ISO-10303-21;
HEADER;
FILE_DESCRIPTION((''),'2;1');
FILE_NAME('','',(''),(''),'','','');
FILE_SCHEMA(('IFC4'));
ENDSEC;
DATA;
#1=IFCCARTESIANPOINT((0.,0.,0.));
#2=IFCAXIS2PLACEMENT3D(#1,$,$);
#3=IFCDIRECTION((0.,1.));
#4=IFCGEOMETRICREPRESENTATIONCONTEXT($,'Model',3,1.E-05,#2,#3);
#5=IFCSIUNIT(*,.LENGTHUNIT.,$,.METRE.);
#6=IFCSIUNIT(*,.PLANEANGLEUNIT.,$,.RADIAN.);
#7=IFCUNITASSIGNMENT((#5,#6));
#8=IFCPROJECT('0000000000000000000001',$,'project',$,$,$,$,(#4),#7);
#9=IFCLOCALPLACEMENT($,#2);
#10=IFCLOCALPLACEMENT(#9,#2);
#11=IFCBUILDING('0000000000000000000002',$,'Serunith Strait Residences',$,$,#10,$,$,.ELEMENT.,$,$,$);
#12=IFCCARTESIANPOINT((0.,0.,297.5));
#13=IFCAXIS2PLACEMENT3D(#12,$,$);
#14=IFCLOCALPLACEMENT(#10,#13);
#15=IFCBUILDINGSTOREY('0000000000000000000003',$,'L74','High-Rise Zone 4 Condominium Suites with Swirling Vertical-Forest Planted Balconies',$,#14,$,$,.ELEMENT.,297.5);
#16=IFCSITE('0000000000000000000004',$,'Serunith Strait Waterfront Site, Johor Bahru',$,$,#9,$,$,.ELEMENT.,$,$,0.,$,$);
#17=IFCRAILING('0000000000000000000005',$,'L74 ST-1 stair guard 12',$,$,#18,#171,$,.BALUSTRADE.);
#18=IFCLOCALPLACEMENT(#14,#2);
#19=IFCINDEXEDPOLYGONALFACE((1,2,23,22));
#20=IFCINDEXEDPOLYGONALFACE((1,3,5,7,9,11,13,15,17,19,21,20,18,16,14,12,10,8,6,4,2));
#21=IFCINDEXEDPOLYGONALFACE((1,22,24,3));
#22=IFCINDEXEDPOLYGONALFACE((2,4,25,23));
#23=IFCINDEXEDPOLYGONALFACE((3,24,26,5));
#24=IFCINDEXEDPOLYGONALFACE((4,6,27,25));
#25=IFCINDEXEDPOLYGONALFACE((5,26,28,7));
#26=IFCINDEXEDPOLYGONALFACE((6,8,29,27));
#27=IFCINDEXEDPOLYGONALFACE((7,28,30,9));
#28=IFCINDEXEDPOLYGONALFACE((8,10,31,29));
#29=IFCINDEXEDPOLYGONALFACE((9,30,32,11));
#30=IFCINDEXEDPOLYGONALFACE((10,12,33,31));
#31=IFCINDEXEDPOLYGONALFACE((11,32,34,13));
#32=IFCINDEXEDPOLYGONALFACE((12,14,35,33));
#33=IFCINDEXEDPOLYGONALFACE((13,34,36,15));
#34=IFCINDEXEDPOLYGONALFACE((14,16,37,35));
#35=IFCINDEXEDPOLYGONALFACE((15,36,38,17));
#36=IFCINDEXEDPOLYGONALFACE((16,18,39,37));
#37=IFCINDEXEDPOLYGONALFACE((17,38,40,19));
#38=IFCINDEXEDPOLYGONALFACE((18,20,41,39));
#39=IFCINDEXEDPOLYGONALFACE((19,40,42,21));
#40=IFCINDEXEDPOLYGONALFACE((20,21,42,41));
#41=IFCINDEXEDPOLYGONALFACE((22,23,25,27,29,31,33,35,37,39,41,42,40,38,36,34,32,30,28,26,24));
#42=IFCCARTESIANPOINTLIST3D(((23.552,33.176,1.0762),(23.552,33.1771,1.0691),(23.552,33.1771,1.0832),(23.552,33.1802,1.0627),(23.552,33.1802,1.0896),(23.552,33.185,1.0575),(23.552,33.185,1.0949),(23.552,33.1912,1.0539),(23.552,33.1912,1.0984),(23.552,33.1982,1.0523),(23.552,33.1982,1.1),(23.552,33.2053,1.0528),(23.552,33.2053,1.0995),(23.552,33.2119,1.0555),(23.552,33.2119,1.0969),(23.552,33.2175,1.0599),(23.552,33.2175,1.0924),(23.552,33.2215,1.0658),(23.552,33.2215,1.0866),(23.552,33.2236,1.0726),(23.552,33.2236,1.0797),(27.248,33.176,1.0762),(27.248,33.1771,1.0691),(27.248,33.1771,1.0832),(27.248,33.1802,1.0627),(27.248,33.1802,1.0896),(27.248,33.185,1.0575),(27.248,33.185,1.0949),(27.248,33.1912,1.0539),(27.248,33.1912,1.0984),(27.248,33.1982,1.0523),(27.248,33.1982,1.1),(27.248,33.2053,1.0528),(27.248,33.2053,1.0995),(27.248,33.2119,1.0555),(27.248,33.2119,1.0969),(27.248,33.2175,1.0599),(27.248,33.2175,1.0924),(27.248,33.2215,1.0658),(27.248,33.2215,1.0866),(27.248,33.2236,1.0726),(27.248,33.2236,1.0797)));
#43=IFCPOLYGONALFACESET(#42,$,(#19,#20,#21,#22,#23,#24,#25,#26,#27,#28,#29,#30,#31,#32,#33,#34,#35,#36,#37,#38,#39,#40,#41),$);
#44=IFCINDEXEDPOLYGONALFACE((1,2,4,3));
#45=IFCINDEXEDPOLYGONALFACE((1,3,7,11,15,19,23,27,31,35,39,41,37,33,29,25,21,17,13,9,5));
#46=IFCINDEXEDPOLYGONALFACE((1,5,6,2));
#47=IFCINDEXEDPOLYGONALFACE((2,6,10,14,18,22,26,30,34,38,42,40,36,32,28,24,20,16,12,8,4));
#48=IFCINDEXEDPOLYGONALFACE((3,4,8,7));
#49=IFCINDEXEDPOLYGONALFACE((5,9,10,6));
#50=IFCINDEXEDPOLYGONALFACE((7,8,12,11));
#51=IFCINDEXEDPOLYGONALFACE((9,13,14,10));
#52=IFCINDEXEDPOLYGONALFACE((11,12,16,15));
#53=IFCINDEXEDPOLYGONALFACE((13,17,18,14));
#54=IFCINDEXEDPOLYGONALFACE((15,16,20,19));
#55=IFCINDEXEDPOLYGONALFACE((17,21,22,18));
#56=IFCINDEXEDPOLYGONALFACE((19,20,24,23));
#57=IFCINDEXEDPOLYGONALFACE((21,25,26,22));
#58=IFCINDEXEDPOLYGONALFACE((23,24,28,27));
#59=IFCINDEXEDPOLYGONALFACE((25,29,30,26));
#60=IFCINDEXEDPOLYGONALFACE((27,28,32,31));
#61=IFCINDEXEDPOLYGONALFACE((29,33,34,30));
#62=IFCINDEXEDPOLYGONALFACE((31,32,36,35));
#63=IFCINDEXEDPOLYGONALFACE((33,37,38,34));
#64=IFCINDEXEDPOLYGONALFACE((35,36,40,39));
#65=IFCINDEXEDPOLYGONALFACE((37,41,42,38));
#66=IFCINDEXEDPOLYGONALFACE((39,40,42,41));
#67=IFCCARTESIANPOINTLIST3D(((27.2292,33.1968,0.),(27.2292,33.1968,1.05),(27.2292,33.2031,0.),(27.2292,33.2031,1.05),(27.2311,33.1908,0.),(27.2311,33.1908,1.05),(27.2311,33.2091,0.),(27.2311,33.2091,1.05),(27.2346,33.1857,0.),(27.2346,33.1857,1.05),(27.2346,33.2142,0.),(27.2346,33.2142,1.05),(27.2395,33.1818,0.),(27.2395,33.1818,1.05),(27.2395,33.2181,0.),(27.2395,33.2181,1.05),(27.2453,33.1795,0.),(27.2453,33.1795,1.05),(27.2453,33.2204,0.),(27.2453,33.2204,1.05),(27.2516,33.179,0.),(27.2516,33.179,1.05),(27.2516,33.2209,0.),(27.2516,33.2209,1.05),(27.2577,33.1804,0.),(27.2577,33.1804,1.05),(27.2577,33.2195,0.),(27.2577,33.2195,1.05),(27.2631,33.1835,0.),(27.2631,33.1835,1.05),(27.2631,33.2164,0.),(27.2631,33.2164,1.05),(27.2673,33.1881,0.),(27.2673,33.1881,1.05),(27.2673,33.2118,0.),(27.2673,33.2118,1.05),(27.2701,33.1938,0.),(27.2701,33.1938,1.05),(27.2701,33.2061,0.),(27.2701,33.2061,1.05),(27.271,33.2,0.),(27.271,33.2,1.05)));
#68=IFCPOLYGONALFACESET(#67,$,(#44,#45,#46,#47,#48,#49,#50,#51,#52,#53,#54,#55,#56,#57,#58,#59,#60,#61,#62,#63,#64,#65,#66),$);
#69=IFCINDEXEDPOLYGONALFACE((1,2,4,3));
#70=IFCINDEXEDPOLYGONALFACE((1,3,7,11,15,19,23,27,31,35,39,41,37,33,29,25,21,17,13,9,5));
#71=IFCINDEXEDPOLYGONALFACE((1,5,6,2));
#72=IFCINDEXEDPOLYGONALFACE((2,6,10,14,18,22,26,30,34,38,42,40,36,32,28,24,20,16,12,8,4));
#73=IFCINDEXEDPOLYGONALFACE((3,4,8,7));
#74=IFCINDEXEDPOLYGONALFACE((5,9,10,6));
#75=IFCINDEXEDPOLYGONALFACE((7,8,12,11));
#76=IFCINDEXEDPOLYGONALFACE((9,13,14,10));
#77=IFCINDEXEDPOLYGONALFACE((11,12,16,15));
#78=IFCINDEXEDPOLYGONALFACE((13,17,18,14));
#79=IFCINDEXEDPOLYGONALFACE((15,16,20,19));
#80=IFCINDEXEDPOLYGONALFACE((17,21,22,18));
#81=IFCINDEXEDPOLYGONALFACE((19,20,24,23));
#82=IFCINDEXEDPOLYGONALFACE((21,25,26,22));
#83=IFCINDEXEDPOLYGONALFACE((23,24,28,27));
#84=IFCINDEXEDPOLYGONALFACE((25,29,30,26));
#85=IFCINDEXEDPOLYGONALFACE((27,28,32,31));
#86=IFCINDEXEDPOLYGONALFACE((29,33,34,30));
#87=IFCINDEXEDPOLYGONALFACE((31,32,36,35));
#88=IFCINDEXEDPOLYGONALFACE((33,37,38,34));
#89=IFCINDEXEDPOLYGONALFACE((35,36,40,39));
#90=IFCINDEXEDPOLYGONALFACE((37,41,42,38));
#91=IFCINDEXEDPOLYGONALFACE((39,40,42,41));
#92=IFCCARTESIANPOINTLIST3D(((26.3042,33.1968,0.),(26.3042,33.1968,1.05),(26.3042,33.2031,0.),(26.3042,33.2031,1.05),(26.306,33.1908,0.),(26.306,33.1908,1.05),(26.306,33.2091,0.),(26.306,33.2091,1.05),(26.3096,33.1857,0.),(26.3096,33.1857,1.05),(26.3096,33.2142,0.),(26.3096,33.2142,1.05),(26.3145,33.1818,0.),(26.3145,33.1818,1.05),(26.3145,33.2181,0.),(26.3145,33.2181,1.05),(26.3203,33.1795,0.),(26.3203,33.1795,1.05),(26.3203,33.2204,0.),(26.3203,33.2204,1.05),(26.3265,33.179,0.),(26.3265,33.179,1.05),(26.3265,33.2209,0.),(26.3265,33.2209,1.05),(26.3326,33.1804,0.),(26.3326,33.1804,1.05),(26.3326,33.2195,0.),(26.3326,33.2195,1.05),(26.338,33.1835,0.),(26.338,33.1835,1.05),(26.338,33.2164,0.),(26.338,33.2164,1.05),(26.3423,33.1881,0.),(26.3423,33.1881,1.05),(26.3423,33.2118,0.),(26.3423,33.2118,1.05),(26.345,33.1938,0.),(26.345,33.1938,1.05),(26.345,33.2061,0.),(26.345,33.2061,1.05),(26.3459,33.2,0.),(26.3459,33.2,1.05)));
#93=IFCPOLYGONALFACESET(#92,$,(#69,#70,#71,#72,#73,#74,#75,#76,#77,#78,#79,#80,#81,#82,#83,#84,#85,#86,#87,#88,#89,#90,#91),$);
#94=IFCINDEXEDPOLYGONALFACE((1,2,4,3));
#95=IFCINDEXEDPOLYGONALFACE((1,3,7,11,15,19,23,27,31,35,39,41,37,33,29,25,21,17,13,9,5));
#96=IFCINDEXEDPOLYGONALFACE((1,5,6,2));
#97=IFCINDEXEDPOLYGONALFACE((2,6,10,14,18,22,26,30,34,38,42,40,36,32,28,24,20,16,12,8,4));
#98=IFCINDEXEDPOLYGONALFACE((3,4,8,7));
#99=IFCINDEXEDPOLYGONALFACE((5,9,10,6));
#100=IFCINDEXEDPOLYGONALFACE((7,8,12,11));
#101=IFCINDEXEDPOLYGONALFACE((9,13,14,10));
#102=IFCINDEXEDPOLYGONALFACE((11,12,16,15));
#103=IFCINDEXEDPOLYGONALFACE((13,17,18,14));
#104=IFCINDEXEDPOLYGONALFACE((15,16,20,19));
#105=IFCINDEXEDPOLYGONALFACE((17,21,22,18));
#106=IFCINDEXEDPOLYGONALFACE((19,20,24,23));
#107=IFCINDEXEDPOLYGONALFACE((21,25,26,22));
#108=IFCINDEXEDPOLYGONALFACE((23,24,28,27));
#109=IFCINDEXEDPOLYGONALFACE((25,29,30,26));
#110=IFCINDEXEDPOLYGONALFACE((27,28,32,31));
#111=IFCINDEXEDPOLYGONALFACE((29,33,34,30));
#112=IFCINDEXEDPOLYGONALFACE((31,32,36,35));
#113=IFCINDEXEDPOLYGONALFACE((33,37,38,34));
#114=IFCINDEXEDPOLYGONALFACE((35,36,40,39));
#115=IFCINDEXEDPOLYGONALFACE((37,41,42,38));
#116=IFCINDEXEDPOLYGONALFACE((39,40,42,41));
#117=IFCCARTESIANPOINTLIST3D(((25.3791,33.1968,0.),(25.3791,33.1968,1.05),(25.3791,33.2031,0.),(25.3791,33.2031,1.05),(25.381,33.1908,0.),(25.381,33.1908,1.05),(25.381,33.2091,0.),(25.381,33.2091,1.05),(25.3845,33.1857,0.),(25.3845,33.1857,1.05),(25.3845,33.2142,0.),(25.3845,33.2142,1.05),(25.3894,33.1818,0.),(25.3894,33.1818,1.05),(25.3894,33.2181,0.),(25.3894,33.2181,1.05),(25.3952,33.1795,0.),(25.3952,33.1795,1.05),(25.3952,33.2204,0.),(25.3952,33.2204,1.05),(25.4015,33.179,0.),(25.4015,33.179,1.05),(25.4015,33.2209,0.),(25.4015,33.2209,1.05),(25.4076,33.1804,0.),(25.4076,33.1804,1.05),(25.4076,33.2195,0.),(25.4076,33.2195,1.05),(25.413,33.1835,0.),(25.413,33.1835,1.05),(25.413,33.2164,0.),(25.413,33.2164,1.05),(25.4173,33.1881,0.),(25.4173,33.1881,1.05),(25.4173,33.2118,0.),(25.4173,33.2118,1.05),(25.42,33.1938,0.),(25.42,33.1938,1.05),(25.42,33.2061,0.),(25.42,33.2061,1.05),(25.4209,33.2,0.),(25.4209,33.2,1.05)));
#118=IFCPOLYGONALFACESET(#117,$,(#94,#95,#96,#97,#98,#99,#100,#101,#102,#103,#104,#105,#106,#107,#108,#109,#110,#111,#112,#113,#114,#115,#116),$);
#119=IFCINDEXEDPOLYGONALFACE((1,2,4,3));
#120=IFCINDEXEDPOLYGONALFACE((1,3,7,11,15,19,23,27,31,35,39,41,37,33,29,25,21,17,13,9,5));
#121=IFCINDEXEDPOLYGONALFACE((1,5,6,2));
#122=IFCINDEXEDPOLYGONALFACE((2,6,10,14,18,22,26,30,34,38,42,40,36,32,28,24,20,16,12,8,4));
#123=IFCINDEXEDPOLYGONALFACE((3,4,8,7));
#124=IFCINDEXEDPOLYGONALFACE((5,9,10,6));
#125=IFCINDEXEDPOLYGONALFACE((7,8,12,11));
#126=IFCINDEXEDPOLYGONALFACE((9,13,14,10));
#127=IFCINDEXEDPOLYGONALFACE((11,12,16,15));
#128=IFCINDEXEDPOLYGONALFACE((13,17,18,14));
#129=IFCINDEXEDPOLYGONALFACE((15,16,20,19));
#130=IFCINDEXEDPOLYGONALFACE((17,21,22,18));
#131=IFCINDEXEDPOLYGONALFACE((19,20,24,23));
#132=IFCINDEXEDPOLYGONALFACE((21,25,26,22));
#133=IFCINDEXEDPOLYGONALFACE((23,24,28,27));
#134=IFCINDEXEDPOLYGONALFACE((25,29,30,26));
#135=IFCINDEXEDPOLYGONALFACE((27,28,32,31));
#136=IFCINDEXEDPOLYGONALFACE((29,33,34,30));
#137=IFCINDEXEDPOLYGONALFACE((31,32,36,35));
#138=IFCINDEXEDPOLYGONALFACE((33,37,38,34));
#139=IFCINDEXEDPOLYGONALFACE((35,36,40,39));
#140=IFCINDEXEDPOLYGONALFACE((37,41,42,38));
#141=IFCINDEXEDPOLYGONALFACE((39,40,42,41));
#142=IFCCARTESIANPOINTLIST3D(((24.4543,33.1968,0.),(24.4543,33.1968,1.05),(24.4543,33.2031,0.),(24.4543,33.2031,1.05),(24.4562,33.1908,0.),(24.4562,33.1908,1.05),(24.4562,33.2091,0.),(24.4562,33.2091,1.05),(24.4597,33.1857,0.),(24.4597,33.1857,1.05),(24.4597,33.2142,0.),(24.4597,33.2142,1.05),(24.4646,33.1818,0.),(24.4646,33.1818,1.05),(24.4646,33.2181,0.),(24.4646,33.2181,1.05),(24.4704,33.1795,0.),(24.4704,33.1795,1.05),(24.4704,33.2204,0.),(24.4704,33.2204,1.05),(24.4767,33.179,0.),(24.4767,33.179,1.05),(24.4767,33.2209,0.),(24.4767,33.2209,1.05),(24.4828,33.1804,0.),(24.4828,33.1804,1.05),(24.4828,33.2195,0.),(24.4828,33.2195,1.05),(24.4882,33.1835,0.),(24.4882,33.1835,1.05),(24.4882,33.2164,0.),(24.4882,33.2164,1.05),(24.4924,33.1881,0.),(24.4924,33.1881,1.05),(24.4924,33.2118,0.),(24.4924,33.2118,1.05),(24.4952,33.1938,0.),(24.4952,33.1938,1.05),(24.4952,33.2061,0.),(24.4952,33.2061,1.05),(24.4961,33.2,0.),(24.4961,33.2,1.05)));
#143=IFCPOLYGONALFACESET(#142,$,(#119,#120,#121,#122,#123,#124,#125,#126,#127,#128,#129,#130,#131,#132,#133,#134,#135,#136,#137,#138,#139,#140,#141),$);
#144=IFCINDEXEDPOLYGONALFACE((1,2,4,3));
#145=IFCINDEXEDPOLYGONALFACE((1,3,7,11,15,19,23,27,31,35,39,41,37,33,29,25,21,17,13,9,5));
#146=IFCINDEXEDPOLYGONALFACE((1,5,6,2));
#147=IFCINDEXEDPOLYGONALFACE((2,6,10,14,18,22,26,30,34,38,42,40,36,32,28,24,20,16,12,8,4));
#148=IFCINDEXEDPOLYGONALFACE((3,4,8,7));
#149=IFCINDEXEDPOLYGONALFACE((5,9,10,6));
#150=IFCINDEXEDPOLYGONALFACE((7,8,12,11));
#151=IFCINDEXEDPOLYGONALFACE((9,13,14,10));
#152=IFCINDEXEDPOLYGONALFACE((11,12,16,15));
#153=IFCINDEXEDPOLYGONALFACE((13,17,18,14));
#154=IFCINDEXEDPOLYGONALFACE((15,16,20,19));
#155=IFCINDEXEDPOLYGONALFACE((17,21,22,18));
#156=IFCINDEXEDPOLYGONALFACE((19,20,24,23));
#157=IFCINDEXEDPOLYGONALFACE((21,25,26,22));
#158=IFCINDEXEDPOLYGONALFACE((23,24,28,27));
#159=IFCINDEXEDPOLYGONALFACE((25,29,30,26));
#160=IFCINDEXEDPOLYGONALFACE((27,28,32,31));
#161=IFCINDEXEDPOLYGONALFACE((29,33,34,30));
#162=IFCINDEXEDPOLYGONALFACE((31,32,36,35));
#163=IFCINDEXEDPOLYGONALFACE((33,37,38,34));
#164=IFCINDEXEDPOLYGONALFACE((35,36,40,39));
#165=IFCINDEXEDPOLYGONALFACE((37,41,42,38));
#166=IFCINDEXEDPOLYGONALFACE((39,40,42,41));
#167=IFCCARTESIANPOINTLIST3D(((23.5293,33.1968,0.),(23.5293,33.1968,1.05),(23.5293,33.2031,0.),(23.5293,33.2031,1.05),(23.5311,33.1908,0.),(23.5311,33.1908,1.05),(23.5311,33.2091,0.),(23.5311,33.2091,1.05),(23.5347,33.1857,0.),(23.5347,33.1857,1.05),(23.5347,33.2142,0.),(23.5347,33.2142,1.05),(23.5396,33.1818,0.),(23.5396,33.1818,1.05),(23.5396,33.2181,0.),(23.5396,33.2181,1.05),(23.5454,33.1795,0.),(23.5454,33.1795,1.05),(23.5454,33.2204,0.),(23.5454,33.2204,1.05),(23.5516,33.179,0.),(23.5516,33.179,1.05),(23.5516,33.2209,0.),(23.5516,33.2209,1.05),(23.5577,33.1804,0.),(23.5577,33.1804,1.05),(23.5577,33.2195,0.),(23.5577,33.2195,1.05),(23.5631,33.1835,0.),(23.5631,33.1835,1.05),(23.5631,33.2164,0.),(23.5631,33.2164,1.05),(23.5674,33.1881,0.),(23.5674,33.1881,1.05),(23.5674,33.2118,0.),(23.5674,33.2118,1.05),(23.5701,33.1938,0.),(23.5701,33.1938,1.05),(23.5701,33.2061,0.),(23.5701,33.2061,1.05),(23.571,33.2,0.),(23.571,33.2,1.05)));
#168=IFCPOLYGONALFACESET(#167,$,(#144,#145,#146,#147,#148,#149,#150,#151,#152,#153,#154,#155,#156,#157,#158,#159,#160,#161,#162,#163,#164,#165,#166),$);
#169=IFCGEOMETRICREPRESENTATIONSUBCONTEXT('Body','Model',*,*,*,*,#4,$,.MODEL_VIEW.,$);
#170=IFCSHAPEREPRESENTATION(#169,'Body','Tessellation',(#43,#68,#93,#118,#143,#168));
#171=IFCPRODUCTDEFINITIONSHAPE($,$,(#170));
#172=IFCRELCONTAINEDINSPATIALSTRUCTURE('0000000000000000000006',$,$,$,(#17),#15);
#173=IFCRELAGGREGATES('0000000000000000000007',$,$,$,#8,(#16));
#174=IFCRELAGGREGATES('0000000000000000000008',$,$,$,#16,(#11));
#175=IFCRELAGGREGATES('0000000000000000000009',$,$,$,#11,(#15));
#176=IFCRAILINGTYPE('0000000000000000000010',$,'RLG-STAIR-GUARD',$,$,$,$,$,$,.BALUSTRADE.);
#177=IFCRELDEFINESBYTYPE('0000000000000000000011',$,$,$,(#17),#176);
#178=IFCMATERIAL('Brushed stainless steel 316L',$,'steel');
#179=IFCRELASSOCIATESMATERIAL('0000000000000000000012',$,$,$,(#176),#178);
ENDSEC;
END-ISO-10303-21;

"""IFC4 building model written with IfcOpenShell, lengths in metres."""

from ifc_helpers import new_model, si_unit, direction, frame, origin, origin_2d, place, context, subcontext, project, spatial, circle, extrude, material, type_object, element, save


model = new_model("IFC4")

# Units and contexts
model_context = context("Model", 3, precision=1e-05, world=origin(), true_north=direction((0.0, 1.0)))
body_context = subcontext(model_context, "Body", "Model", "MODEL_VIEW")
ifc_project = project(units=[si_unit("LENGTHUNIT", "METRE"), si_unit("PLANEANGLEUNIT", "RADIAN")], contexts=[model_context])

# Site, building, storey
site_placement = place(None, origin())
site = spatial("IfcSite", under=ifc_project, at=site_placement, Name="Serunith Strait Waterfront Site, Johor Bahru", CompositionType="ELEMENT", RefElevation=0.0)
building_placement = place(site_placement, origin())
building = spatial("IfcBuilding", under=site, at=building_placement, Name="Serunith Strait Residences", CompositionType="ELEMENT")
storey_placement = place(building_placement, frame((0.0, 0.0, 297.5)))
storey = spatial("IfcBuildingStorey", under=building, at=storey_placement, Name="L74", Description="High-Rise Zone 4 Condominium Suites with Swirling Vertical-Forest Planted Balconies", CompositionType="ELEMENT", Elevation=297.5)

# Railing
ifc_material_1 = material(Name="Brushed stainless steel 316L", Category="steel")
railing_type_1 = type_object("IfcRailingType", Name="RLG-STAIR-GUARD", PredefinedType="BALUSTRADE", material=ifc_material_1)
railing_1_placement = place(storey_placement, frame((27.25, 33.2, 0.0)))
element("IfcRailing", 1, at=railing_1_placement, inside=storey, type_object=railing_type_1, Name="L74 ST-1 stair guard 12", PredefinedType="BALUSTRADE", context=body_context, shape_type="SweptSolid", body=[
    extrude(circle(Radius=0.0239, at=origin_2d()), frame((-0.002, 0.0, 1.0762), z_axis=(-1.0, 0.0, 0.0), x_axis=(0.0, -1.0, 0.0)), (0.0, 0.0, 1.0), 3.696),
    extrude(circle(Radius=0.021, at=origin_2d()), origin(), (0.0, 0.0, 1.0), 1.05),
    extrude(circle(Radius=0.021, at=origin_2d()), frame((-0.925, 0.0, 0.0)), (0.0, 0.0, 1.0), 1.05),
    extrude(circle(Radius=0.021, at=origin_2d()), frame((-1.8501, 0.0, 0.0)), (0.0, 0.0, 1.0), 1.05),
    extrude(circle(Radius=0.021, at=origin_2d()), frame((-2.7749, 0.0, 0.0)), (0.0, 0.0, 1.0), 1.05),
    extrude(circle(Radius=0.021, at=origin_2d()), frame((-3.7, 0.0, 0.0)), (0.0, 0.0, 1.0), 1.05),
])

save(model, "model.ifc")
